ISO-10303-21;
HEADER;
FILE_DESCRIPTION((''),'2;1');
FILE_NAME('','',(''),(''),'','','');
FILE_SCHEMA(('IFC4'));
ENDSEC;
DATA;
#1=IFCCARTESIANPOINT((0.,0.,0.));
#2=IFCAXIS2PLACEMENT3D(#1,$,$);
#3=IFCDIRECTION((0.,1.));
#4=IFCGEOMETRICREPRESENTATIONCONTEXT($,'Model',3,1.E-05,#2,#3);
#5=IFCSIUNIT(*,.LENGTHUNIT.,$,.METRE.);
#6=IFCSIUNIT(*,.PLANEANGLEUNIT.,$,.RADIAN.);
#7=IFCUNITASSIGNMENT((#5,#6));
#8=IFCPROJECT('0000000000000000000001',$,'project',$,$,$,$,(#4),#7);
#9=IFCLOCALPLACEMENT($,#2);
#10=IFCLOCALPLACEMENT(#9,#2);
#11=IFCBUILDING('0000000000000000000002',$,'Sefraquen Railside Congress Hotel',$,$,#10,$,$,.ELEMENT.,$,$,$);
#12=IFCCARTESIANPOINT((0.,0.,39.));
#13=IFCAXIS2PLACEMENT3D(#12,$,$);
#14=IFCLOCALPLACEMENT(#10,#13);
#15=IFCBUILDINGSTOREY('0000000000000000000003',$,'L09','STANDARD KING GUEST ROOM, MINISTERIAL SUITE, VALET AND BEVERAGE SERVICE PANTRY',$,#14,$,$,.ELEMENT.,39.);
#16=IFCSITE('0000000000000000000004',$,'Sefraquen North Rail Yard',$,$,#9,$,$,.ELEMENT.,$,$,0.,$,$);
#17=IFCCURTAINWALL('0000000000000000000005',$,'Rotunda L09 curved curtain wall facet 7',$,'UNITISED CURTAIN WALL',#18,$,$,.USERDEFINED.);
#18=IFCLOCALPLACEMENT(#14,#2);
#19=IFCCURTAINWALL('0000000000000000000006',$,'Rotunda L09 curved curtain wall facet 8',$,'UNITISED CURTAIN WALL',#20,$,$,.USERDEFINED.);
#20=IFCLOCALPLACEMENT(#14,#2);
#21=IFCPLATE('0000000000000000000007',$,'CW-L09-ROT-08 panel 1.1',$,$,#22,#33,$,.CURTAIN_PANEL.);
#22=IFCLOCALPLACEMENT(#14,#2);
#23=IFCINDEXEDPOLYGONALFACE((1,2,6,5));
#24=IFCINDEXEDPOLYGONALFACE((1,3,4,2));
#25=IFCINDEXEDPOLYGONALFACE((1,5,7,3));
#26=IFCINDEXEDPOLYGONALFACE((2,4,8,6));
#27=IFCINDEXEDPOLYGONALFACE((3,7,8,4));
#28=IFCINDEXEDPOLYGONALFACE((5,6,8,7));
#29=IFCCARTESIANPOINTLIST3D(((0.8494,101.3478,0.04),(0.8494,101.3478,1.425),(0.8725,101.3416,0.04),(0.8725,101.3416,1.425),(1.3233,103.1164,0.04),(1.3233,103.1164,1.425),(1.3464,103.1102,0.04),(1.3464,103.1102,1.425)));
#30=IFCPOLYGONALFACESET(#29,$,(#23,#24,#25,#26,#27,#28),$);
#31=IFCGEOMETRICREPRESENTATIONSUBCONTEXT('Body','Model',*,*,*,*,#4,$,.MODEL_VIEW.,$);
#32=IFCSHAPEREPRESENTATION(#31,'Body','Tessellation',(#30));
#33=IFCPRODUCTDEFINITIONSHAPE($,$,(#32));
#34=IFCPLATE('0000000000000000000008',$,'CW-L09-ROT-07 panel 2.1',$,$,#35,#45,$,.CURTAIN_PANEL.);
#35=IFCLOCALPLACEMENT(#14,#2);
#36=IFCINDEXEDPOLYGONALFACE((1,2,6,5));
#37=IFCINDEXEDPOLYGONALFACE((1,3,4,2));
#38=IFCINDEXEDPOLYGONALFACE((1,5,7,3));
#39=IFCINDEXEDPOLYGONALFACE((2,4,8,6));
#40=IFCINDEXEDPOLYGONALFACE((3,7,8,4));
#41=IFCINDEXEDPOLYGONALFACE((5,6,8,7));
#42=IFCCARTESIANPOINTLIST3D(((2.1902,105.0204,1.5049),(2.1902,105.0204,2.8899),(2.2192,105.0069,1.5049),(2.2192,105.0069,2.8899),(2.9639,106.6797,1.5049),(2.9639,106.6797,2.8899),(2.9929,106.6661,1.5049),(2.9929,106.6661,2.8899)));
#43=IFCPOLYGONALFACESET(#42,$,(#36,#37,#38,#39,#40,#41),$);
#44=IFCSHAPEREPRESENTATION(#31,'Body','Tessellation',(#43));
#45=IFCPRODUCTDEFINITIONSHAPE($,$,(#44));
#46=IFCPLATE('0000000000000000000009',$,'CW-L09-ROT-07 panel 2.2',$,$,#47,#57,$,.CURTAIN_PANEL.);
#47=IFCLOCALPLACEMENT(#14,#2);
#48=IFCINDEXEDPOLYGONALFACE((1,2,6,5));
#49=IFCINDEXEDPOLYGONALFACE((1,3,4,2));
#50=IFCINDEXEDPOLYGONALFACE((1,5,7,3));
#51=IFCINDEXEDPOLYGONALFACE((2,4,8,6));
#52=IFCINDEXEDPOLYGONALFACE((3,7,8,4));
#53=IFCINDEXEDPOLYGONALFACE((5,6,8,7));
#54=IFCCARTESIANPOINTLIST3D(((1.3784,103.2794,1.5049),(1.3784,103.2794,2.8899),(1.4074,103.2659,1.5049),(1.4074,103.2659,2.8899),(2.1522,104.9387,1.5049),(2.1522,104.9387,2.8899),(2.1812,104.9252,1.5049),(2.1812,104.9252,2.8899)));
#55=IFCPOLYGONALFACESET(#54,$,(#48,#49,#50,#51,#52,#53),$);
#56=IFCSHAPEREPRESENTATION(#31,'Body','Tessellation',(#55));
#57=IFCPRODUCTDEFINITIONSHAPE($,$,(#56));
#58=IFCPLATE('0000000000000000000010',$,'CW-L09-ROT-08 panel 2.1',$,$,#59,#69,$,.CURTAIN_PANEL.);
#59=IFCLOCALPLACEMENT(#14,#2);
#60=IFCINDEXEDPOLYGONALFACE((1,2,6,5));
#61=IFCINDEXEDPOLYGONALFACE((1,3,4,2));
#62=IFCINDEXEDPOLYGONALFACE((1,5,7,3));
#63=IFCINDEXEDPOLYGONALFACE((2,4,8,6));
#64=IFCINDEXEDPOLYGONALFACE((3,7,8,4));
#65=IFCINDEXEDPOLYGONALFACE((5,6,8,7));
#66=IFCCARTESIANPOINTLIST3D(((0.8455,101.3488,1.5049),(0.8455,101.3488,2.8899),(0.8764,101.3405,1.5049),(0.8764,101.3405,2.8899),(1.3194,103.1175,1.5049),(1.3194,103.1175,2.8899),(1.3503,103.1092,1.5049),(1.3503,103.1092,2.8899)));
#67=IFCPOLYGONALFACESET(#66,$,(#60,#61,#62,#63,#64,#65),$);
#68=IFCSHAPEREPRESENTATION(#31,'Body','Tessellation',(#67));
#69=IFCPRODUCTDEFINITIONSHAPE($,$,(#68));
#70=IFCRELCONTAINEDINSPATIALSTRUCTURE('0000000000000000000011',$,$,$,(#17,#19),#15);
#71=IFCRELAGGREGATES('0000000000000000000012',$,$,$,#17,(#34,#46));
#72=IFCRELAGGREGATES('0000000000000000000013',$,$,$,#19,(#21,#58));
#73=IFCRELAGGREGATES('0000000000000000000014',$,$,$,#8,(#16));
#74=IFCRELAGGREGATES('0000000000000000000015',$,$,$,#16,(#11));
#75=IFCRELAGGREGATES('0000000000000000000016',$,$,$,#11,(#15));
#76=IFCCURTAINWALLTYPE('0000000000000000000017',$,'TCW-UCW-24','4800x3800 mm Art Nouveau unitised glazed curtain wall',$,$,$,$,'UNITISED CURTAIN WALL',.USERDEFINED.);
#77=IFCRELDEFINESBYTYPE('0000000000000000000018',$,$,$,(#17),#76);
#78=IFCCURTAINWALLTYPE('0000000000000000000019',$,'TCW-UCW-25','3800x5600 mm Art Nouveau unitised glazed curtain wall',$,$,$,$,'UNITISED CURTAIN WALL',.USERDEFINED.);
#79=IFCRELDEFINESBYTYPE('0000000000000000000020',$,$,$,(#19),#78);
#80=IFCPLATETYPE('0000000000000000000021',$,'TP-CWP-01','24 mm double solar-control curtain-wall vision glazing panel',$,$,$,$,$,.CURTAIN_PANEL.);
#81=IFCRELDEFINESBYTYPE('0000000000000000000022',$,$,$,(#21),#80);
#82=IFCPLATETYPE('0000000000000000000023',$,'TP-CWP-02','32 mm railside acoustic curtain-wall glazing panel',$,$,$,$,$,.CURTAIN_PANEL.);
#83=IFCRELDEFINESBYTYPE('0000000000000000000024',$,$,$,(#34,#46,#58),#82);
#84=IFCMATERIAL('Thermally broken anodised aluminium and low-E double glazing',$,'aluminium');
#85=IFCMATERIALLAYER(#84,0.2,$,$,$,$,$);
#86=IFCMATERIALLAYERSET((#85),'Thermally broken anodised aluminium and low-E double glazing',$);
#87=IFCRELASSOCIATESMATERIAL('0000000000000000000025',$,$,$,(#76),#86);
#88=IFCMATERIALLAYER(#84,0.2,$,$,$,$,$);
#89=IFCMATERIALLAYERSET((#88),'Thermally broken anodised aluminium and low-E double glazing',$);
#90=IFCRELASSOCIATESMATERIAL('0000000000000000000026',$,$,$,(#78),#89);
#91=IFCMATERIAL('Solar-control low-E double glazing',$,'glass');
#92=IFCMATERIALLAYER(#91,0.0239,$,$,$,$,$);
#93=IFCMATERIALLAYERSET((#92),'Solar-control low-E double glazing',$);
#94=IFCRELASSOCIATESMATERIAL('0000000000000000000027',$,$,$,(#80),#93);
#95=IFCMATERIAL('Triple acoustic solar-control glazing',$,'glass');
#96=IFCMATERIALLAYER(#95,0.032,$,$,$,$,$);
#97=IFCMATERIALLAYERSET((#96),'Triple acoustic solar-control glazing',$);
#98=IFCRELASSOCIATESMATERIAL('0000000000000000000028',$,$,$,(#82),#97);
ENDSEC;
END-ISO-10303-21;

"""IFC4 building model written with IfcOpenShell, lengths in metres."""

from ifc_helpers import new_model, si_unit, direction, frame, origin, origin_2d, place, context, subcontext, project, spatial, rectangle, extrude, material, layer, layer_set, type_object, element, aggregate, save


model = new_model("IFC4")

# Units and contexts
model_context = context("Model", 3, precision=1e-05, world=origin(), true_north=direction((0.0, 1.0)))
body_context = subcontext(model_context, "Body", "Model", "MODEL_VIEW")
ifc_project = project(units=[si_unit("LENGTHUNIT", "METRE"), si_unit("PLANEANGLEUNIT", "RADIAN")], contexts=[model_context])

# Site, building, storey
site_placement = place(None, origin())
site = spatial("IfcSite", under=ifc_project, at=site_placement, Name="Sefraquen North Rail Yard", CompositionType="ELEMENT", RefElevation=0.0)
building_placement = place(site_placement, origin())
building = spatial("IfcBuilding", under=site, at=building_placement, Name="Sefraquen Railside Congress Hotel", CompositionType="ELEMENT")
storey_placement = place(building_placement, frame((0.0, 0.0, 39.0)))
storey = spatial("IfcBuildingStorey", under=building, at=storey_placement, Name="L09", Description="STANDARD KING GUEST ROOM, MINISTERIAL SUITE, VALET AND BEVERAGE SERVICE PANTRY", CompositionType="ELEMENT", Elevation=39.0)

# Curtain walls
ifc_material_1 = material(Name="Thermally broken anodised aluminium and low-E double glazing", Category="aluminium")
ifc_layer_1 = layer(ifc_material_1, 0.2)
ifc_layer_set_1 = layer_set([ifc_layer_1], Name="Thermally broken anodised aluminium and low-E double glazing")
curtain_wall_type_1 = type_object("IfcCurtainWallType", Name="TCW-UCW-24", Description="4800x3800 mm Art Nouveau unitised glazed curtain wall", ElementType="UNITISED CURTAIN WALL", PredefinedType="USERDEFINED", material=ifc_layer_set_1)
curtain_wall_1_placement = place(storey_placement, origin())
curtain_wall_1 = element("IfcCurtainWall", 1, at=curtain_wall_1_placement, inside=storey, type_object=curtain_wall_type_1, Name="Rotunda L09 curved curtain wall facet 7", ObjectType="UNITISED CURTAIN WALL", PredefinedType="USERDEFINED")
ifc_layer_2 = layer(ifc_material_1, 0.2)
ifc_layer_set_2 = layer_set([ifc_layer_2], Name="Thermally broken anodised aluminium and low-E double glazing")
curtain_wall_type_2 = type_object("IfcCurtainWallType", Name="TCW-UCW-25", Description="3800x5600 mm Art Nouveau unitised glazed curtain wall", ElementType="UNITISED CURTAIN WALL", PredefinedType="USERDEFINED", material=ifc_layer_set_2)
curtain_wall_2_placement = place(storey_placement, origin())
curtain_wall_2 = element("IfcCurtainWall", 2, at=curtain_wall_2_placement, inside=storey, type_object=curtain_wall_type_2, Name="Rotunda L09 curved curtain wall facet 8", ObjectType="UNITISED CURTAIN WALL", PredefinedType="USERDEFINED")

# Plates
ifc_material_2 = material(Name="Solar-control low-E double glazing", Category="glass")
ifc_layer_3 = layer(ifc_material_2, 0.0239)
ifc_layer_set_3 = layer_set([ifc_layer_3], Name="Solar-control low-E double glazing")
plate_type_1 = type_object("IfcPlateType", Name="TP-CWP-01", Description="24 mm double solar-control curtain-wall vision glazing panel", PredefinedType="CURTAIN_PANEL", material=ifc_layer_set_3)
plate_1_placement = place(storey_placement, frame((1.0979, 102.229, 0.04), z_axis=(0.0, 0.0, 1.0), x_axis=(-0.258785, -0.965935, 0.0)))
plate_1 = element("IfcPlate", 3, at=plate_1_placement, type_object=plate_type_1, Name="CW-L09-ROT-08 panel 1.1", PredefinedType="CURTAIN_PANEL", context=body_context, shape_type="SweptSolid", body=[
    extrude(rectangle(XDim=1.8311, YDim=0.0239, at=origin_2d()), origin(), (0.0, 0.0, 1.0), 1.385),
])
ifc_material_3 = material(Name="Triple acoustic solar-control glazing", Category="glass")
ifc_layer_4 = layer(ifc_material_3, 0.032)
ifc_layer_set_4 = layer_set([ifc_layer_4], Name="Triple acoustic solar-control glazing")
plate_type_2 = type_object("IfcPlateType", Name="TP-CWP-02", Description="32 mm railside acoustic curtain-wall glazing panel", PredefinedType="CURTAIN_PANEL", material=ifc_layer_set_4)
plate_2_placement = place(storey_placement, frame((2.5916, 105.8433, 1.5049), z_axis=(0.0, 0.0, 1.0), x_axis=(-0.422634, -0.9063, 0.0)))
plate_2 = element("IfcPlate", 4, at=plate_2_placement, type_object=plate_type_2, Name="CW-L09-ROT-07 panel 2.1", PredefinedType="CURTAIN_PANEL", context=body_context, shape_type="SweptSolid", body=[
    extrude(rectangle(XDim=1.8308, YDim=0.032, at=origin_2d()), origin(), (0.0, 0.0, 1.0), 1.385),
])
plate_3_placement = place(storey_placement, frame((1.7798, 104.1023, 1.5049), z_axis=(0.0, 0.0, 1.0), x_axis=(-0.422634, -0.9063, 0.0)))
plate_3 = element("IfcPlate", 5, at=plate_3_placement, type_object=plate_type_2, Name="CW-L09-ROT-07 panel 2.2", PredefinedType="CURTAIN_PANEL", context=body_context, shape_type="SweptSolid", body=[
    extrude(rectangle(XDim=1.8308, YDim=0.032, at=origin_2d()), origin(), (0.0, 0.0, 1.0), 1.385),
])
aggregate(curtain_wall_1, [plate_2, plate_3])
plate_4_placement = place(storey_placement, frame((1.0979, 102.229, 1.5049), z_axis=(0.0, 0.0, 1.0), x_axis=(-0.258785, -0.965935, 0.0)))
plate_4 = element("IfcPlate", 6, at=plate_4_placement, type_object=plate_type_2, Name="CW-L09-ROT-08 panel 2.1", PredefinedType="CURTAIN_PANEL", context=body_context, shape_type="SweptSolid", body=[
    extrude(rectangle(XDim=1.8311, YDim=0.032, at=origin_2d()), origin(), (0.0, 0.0, 1.0), 1.385),
])
aggregate(curtain_wall_2, [plate_1, plate_4])

save(model, "model.ifc")
